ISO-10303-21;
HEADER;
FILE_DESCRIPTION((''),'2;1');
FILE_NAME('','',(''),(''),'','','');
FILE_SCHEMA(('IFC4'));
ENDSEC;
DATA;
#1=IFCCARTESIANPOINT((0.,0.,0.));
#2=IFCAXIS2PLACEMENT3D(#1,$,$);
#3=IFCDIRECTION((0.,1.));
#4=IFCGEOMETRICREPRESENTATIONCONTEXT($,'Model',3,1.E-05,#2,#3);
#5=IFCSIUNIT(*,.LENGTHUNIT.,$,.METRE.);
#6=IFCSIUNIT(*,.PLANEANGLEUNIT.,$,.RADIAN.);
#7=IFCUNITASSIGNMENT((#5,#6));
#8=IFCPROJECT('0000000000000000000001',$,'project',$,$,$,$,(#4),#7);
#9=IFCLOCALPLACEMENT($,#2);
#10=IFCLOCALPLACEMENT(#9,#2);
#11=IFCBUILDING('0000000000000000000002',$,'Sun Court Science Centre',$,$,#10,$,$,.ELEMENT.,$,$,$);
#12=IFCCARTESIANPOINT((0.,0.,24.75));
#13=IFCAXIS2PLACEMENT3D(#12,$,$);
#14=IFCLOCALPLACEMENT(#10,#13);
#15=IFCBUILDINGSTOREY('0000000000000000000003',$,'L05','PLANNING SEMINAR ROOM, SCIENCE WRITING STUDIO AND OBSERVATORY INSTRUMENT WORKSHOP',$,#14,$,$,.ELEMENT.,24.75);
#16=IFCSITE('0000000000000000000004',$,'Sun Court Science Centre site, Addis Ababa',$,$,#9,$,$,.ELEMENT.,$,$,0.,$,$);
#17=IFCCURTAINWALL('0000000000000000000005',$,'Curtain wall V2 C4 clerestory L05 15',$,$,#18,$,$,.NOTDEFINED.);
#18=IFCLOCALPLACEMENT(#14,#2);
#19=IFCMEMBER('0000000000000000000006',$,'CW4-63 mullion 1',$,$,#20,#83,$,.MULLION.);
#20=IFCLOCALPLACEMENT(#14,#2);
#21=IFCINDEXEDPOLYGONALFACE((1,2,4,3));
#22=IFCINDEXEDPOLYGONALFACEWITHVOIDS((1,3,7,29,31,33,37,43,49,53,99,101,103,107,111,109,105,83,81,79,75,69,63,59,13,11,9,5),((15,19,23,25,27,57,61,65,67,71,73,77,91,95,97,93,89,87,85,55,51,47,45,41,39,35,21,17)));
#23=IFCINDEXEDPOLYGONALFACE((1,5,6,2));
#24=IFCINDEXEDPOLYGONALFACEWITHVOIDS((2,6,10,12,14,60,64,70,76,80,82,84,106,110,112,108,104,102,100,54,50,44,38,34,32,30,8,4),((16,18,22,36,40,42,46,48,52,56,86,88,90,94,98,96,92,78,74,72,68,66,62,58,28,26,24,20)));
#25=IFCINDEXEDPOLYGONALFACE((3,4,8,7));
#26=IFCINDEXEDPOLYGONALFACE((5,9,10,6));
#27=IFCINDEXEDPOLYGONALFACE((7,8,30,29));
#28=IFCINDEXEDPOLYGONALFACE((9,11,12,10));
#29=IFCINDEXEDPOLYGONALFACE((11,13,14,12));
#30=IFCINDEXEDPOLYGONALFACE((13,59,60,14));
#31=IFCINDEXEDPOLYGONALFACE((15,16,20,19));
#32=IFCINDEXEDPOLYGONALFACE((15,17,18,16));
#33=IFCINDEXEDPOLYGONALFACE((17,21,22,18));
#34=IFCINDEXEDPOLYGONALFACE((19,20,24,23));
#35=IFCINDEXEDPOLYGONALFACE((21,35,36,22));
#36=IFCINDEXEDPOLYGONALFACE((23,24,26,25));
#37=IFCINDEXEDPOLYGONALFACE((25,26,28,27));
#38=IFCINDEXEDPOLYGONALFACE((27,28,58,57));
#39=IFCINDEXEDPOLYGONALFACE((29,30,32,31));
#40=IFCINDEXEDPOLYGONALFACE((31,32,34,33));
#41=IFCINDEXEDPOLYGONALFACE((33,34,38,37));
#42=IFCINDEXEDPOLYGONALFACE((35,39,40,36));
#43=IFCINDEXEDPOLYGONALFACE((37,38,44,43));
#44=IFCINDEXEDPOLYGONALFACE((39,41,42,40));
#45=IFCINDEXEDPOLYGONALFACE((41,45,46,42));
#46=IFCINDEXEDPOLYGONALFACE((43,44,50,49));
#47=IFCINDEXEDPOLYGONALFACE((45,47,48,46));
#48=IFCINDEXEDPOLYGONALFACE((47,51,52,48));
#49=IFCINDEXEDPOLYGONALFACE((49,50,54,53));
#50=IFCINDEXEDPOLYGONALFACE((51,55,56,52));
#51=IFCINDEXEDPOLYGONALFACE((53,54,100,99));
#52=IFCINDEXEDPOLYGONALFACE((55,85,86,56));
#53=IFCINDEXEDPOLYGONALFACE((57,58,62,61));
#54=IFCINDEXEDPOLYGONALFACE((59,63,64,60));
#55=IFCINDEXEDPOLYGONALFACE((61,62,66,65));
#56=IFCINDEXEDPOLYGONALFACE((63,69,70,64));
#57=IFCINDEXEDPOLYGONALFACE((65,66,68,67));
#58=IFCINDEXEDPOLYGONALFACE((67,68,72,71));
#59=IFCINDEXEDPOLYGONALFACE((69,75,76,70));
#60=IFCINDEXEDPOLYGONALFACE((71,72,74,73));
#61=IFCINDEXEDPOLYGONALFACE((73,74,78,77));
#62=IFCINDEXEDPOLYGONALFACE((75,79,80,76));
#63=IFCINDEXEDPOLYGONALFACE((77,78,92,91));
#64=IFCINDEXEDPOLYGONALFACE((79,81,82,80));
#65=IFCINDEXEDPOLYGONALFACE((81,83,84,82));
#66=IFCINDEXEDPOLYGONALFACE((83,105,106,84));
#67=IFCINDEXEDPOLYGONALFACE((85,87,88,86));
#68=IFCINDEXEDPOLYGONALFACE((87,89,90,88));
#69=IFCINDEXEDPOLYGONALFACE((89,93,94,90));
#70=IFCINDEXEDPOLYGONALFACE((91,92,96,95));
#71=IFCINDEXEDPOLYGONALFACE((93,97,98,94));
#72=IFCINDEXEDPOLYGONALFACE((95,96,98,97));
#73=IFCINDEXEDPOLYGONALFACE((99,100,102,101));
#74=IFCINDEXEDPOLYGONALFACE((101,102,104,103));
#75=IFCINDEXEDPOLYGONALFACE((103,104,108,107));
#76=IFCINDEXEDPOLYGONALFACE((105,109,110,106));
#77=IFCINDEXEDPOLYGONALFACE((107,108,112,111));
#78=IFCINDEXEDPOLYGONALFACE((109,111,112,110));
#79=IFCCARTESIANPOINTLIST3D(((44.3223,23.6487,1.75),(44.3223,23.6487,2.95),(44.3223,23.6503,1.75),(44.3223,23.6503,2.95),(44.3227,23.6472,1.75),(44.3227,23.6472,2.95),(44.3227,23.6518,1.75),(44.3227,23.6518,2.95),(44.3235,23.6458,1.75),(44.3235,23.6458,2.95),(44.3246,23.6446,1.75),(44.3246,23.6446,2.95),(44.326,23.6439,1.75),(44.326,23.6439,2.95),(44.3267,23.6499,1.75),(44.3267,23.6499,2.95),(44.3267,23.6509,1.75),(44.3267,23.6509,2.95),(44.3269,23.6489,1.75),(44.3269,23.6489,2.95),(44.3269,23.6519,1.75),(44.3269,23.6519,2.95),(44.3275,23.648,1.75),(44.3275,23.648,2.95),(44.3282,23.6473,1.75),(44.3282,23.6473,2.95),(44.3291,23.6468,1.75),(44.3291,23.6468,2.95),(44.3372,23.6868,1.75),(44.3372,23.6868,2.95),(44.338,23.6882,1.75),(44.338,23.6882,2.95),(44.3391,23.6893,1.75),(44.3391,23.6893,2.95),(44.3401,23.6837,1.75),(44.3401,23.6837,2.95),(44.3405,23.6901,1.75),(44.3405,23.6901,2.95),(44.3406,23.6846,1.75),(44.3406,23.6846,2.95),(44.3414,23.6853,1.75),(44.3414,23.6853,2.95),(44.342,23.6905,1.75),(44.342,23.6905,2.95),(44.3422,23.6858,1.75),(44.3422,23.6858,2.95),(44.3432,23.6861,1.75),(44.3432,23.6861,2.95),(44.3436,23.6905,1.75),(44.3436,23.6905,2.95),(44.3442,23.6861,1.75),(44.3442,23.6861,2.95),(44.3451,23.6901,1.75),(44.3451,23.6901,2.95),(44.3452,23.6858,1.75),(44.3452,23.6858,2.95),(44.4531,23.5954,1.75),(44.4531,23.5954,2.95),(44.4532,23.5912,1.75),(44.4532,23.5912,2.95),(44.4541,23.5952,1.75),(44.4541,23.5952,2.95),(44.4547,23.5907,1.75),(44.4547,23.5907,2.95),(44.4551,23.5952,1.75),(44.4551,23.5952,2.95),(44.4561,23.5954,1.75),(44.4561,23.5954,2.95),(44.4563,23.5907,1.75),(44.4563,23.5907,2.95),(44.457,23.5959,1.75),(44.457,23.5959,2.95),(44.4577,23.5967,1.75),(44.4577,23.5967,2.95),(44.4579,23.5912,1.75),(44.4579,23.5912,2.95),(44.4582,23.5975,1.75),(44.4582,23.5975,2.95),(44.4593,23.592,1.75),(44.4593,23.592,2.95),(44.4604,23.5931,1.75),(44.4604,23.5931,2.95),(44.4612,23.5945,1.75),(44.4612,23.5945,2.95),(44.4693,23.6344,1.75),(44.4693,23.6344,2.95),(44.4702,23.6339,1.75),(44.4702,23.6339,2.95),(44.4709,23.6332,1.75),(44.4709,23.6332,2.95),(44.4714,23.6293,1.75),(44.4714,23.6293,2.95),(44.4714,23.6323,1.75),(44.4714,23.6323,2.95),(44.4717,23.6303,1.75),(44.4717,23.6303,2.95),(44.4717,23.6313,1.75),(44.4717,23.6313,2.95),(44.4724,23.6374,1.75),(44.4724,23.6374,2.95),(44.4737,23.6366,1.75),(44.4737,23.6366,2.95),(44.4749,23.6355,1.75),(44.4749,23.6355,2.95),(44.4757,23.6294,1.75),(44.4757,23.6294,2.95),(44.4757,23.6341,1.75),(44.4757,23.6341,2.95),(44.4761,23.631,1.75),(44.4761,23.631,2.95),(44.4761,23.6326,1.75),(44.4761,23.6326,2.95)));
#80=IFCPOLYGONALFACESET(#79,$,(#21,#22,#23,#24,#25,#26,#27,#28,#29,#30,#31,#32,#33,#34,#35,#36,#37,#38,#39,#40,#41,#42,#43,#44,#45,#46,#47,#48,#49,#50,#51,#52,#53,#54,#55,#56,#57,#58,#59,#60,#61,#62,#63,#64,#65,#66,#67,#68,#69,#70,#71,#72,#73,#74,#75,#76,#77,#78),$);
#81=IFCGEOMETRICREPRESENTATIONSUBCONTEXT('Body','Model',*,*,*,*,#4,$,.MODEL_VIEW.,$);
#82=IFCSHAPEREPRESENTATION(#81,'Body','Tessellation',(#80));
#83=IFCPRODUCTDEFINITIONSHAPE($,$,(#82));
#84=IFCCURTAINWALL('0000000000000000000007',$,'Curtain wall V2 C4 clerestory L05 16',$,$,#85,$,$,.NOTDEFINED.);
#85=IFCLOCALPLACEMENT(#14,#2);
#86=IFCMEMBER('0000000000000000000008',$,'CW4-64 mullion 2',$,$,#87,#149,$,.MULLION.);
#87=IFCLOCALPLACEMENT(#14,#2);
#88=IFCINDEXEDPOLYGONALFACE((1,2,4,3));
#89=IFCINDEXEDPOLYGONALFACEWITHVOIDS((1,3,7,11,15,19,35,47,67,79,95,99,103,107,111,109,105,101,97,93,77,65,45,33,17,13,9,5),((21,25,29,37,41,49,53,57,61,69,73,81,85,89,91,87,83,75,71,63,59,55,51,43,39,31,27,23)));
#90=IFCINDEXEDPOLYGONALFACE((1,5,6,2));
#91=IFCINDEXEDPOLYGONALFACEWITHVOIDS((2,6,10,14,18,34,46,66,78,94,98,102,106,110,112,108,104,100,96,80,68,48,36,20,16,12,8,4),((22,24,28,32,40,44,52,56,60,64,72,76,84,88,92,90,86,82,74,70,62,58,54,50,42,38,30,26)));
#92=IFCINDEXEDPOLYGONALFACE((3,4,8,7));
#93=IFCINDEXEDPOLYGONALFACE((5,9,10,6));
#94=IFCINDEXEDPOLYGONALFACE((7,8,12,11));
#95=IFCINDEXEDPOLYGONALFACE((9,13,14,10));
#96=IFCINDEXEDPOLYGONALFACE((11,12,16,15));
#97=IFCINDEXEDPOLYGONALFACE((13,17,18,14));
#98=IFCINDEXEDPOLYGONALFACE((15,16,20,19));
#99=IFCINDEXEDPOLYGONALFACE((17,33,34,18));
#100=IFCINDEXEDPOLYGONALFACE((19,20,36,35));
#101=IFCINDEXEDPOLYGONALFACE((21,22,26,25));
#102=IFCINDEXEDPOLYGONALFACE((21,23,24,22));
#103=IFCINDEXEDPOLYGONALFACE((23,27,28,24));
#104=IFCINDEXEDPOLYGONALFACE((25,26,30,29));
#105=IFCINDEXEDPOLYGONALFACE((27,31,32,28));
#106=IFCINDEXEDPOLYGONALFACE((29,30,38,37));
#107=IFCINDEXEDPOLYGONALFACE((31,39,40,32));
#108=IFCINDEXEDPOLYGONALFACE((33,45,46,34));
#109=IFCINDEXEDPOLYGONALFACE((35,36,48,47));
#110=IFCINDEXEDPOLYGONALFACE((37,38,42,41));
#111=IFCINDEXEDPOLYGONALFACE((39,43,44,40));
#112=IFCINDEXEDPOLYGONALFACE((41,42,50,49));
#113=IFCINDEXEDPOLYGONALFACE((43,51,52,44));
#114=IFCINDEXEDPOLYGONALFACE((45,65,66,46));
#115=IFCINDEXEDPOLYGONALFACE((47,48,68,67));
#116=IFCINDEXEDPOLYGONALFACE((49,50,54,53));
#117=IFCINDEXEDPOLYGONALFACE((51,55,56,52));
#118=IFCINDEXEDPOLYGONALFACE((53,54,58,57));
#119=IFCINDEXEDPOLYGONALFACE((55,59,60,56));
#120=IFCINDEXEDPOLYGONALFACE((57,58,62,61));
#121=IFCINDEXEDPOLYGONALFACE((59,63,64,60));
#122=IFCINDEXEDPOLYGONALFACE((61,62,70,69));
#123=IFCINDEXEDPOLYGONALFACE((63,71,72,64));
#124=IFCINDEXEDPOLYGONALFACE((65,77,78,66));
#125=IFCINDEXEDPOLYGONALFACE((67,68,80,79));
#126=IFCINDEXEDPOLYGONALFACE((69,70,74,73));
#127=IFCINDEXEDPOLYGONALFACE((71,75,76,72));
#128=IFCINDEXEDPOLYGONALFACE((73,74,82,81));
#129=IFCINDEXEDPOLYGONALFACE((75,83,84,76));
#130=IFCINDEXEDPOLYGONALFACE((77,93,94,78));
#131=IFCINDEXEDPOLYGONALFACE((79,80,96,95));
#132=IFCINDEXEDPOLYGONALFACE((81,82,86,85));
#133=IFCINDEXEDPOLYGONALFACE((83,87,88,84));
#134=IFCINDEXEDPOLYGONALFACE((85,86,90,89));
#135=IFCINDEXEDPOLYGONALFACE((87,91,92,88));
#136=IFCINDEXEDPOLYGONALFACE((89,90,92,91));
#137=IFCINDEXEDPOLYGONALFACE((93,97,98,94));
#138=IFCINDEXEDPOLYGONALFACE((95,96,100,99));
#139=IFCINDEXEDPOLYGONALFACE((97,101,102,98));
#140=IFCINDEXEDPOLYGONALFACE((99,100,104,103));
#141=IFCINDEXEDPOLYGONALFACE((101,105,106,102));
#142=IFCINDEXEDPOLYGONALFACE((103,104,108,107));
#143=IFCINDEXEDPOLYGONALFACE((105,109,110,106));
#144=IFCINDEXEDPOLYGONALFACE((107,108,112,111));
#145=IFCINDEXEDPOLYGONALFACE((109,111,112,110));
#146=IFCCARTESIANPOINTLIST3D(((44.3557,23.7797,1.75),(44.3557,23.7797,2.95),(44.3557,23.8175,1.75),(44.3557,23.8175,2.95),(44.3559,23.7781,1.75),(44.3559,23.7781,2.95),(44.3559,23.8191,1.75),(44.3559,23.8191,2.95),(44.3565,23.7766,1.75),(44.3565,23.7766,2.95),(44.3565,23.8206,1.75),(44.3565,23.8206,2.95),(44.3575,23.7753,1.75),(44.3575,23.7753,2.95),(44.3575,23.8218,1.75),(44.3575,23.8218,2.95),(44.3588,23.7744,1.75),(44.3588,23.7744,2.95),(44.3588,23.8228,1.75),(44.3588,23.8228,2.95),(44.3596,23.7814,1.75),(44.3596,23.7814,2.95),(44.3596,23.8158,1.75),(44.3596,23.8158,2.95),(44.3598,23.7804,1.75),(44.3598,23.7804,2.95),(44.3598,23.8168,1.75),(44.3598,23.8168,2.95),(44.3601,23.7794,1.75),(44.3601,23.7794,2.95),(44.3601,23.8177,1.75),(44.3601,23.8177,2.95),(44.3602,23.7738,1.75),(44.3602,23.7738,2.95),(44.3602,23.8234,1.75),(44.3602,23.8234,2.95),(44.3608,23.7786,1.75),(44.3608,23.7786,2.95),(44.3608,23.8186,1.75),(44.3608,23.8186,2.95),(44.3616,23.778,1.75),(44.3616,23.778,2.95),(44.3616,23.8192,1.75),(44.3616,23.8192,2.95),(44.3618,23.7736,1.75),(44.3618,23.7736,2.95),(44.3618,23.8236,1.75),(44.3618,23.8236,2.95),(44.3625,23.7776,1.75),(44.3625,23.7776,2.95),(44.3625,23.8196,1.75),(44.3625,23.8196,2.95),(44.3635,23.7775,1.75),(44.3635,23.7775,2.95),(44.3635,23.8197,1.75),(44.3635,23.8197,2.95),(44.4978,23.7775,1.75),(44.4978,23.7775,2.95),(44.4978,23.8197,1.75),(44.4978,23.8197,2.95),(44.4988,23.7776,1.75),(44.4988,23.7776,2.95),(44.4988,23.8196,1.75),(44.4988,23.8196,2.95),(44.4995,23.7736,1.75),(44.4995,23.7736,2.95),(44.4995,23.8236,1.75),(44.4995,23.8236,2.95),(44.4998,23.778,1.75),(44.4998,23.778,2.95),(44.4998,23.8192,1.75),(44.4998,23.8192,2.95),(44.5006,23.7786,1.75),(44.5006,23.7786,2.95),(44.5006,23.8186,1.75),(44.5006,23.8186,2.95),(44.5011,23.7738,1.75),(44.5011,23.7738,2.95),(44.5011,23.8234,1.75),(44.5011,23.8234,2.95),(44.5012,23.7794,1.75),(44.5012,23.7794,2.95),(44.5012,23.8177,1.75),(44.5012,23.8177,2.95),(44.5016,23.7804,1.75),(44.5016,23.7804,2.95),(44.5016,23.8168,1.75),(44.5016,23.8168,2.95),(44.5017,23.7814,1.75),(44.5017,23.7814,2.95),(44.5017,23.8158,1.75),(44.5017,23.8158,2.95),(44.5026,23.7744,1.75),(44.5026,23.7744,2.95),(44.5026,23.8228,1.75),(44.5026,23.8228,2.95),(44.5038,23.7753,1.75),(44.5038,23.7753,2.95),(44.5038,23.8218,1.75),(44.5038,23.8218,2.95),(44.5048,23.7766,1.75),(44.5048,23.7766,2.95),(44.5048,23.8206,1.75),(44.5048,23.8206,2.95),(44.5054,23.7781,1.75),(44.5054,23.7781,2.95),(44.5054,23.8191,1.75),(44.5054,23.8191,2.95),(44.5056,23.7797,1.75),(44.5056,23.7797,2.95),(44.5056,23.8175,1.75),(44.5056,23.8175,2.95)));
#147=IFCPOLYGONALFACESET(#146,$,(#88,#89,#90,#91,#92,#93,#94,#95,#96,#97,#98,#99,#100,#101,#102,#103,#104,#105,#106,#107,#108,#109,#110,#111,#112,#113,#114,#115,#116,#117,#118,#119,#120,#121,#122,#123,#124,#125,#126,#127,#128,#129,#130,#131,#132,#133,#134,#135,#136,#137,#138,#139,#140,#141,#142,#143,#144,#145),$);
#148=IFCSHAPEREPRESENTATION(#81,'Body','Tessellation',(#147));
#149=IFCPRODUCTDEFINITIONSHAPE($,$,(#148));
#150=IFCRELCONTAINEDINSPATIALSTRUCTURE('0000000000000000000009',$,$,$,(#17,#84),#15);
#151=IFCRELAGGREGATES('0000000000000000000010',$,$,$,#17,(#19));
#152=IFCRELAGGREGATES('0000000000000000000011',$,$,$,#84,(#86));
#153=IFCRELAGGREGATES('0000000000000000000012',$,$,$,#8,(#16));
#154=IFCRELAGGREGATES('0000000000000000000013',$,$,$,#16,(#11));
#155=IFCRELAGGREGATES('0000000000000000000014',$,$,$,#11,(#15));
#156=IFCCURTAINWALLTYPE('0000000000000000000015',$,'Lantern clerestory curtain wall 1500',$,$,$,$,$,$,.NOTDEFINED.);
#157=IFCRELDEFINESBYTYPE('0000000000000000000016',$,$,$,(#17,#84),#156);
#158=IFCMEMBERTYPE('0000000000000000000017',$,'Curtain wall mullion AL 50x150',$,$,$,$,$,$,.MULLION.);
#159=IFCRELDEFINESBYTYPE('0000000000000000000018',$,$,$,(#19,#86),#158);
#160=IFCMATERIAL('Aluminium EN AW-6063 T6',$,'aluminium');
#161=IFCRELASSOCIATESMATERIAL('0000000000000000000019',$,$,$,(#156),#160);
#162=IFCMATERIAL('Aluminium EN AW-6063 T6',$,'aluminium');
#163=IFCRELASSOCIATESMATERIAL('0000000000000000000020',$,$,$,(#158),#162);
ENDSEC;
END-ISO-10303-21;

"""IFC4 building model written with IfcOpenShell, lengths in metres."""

from ifc_helpers import new_model, si_unit, direction, frame, origin, origin_2d, place, context, subcontext, project, spatial, hollow_rectangle, extrude, material, material_profile, profile_set, type_object, element, aggregate, save


model = new_model("IFC4")

# Units and contexts
model_context = context("Model", 3, precision=1e-05, world=origin(), true_north=direction((0.0, 1.0)))
body_context = subcontext(model_context, "Body", "Model", "MODEL_VIEW")
ifc_project = project(units=[si_unit("LENGTHUNIT", "METRE"), si_unit("PLANEANGLEUNIT", "RADIAN")], contexts=[model_context])

# Site, building, storey
site_placement = place(None, origin())
site = spatial("IfcSite", under=ifc_project, at=site_placement, Name="Sun Court Science Centre site, Addis Ababa", CompositionType="ELEMENT", RefElevation=0.0)
building_placement = place(site_placement, origin())
building = spatial("IfcBuilding", under=site, at=building_placement, Name="Sun Court Science Centre", CompositionType="ELEMENT")
storey_placement = place(building_placement, frame((0.0, 0.0, 24.75)))
storey = spatial("IfcBuildingStorey", under=building, at=storey_placement, Name="L05", Description="PLANNING SEMINAR ROOM, SCIENCE WRITING STUDIO AND OBSERVATORY INSTRUMENT WORKSHOP", CompositionType="ELEMENT", Elevation=24.75)

# Shared definitions
ifc_material_1 = material(Name="Aluminium EN AW-6063 T6", Category="aluminium")
curtain_wall_type = type_object("IfcCurtainWallType", Name="Lantern clerestory curtain wall 1500", PredefinedType="NOTDEFINED", material=ifc_material_1)
ifc_material_2 = material(Name="Aluminium EN AW-6063 T6", Category="aluminium")
ifc_material_profile_1 = material_profile(ifc_material_2, hollow_rectangle(XDim=0.05, YDim=0.1499, WallThickness=0.0039, InnerFilletRadius=0.0039, OuterFilletRadius=0.0061, at=origin_2d()), Name="AL 50x150x4")
ifc_profile_set_1 = profile_set([ifc_material_profile_1], Name="Aluminium EN AW-6063 T6")
member_type_1 = type_object("IfcMemberType", Name="Curtain wall mullion AL 50x150", PredefinedType="MULLION", material=ifc_profile_set_1)

# Curtain wall, member
curtain_wall_1_placement = place(storey_placement, origin())
curtain_wall_1 = element("IfcCurtainWall", 1, at=curtain_wall_1_placement, inside=storey, type_object=curtain_wall_type, Name="Curtain wall V2 C4 clerestory L05 15", PredefinedType="NOTDEFINED")
member_1_placement = place(storey_placement, frame((44.3992, 23.6406, 1.75), z_axis=(0.0, 0.0, 1.0), x_axis=(-0.382683, -0.92388, 0.0)))
member_1 = element("IfcMember", 2, at=member_1_placement, type_object=member_type_1, Name="CW4-63 mullion 1", PredefinedType="MULLION", context=body_context, shape_type="SweptSolid", body=[
    extrude(hollow_rectangle(XDim=0.05, YDim=0.1499, WallThickness=0.0039, InnerFilletRadius=0.0039, OuterFilletRadius=0.0061, at=origin_2d()), origin(), (0.0, 0.0, 1.0), 1.2),
])

# Curtain wall, member
curtain_wall_2_placement = place(storey_placement, origin())
curtain_wall_2 = element("IfcCurtainWall", 3, at=curtain_wall_2_placement, inside=storey, type_object=curtain_wall_type, Name="Curtain wall V2 C4 clerestory L05 16", PredefinedType="NOTDEFINED")
member_2_placement = place(storey_placement, frame((44.4307, 23.7986, 1.75), z_axis=(0.0, 0.0, 1.0), x_axis=(0.0, -1.0, 0.0)))
member_2 = element("IfcMember", 4, at=member_2_placement, type_object=member_type_1, Name="CW4-64 mullion 2", PredefinedType="MULLION", context=body_context, shape_type="SweptSolid", body=[
    extrude(hollow_rectangle(XDim=0.05, YDim=0.1499, WallThickness=0.0039, InnerFilletRadius=0.0039, OuterFilletRadius=0.0061, at=origin_2d()), origin(), (0.0, 0.0, 1.0), 1.2),
])

aggregate(curtain_wall_1, [member_1])
aggregate(curtain_wall_2, [member_2])

save(model, "model.ifc")
